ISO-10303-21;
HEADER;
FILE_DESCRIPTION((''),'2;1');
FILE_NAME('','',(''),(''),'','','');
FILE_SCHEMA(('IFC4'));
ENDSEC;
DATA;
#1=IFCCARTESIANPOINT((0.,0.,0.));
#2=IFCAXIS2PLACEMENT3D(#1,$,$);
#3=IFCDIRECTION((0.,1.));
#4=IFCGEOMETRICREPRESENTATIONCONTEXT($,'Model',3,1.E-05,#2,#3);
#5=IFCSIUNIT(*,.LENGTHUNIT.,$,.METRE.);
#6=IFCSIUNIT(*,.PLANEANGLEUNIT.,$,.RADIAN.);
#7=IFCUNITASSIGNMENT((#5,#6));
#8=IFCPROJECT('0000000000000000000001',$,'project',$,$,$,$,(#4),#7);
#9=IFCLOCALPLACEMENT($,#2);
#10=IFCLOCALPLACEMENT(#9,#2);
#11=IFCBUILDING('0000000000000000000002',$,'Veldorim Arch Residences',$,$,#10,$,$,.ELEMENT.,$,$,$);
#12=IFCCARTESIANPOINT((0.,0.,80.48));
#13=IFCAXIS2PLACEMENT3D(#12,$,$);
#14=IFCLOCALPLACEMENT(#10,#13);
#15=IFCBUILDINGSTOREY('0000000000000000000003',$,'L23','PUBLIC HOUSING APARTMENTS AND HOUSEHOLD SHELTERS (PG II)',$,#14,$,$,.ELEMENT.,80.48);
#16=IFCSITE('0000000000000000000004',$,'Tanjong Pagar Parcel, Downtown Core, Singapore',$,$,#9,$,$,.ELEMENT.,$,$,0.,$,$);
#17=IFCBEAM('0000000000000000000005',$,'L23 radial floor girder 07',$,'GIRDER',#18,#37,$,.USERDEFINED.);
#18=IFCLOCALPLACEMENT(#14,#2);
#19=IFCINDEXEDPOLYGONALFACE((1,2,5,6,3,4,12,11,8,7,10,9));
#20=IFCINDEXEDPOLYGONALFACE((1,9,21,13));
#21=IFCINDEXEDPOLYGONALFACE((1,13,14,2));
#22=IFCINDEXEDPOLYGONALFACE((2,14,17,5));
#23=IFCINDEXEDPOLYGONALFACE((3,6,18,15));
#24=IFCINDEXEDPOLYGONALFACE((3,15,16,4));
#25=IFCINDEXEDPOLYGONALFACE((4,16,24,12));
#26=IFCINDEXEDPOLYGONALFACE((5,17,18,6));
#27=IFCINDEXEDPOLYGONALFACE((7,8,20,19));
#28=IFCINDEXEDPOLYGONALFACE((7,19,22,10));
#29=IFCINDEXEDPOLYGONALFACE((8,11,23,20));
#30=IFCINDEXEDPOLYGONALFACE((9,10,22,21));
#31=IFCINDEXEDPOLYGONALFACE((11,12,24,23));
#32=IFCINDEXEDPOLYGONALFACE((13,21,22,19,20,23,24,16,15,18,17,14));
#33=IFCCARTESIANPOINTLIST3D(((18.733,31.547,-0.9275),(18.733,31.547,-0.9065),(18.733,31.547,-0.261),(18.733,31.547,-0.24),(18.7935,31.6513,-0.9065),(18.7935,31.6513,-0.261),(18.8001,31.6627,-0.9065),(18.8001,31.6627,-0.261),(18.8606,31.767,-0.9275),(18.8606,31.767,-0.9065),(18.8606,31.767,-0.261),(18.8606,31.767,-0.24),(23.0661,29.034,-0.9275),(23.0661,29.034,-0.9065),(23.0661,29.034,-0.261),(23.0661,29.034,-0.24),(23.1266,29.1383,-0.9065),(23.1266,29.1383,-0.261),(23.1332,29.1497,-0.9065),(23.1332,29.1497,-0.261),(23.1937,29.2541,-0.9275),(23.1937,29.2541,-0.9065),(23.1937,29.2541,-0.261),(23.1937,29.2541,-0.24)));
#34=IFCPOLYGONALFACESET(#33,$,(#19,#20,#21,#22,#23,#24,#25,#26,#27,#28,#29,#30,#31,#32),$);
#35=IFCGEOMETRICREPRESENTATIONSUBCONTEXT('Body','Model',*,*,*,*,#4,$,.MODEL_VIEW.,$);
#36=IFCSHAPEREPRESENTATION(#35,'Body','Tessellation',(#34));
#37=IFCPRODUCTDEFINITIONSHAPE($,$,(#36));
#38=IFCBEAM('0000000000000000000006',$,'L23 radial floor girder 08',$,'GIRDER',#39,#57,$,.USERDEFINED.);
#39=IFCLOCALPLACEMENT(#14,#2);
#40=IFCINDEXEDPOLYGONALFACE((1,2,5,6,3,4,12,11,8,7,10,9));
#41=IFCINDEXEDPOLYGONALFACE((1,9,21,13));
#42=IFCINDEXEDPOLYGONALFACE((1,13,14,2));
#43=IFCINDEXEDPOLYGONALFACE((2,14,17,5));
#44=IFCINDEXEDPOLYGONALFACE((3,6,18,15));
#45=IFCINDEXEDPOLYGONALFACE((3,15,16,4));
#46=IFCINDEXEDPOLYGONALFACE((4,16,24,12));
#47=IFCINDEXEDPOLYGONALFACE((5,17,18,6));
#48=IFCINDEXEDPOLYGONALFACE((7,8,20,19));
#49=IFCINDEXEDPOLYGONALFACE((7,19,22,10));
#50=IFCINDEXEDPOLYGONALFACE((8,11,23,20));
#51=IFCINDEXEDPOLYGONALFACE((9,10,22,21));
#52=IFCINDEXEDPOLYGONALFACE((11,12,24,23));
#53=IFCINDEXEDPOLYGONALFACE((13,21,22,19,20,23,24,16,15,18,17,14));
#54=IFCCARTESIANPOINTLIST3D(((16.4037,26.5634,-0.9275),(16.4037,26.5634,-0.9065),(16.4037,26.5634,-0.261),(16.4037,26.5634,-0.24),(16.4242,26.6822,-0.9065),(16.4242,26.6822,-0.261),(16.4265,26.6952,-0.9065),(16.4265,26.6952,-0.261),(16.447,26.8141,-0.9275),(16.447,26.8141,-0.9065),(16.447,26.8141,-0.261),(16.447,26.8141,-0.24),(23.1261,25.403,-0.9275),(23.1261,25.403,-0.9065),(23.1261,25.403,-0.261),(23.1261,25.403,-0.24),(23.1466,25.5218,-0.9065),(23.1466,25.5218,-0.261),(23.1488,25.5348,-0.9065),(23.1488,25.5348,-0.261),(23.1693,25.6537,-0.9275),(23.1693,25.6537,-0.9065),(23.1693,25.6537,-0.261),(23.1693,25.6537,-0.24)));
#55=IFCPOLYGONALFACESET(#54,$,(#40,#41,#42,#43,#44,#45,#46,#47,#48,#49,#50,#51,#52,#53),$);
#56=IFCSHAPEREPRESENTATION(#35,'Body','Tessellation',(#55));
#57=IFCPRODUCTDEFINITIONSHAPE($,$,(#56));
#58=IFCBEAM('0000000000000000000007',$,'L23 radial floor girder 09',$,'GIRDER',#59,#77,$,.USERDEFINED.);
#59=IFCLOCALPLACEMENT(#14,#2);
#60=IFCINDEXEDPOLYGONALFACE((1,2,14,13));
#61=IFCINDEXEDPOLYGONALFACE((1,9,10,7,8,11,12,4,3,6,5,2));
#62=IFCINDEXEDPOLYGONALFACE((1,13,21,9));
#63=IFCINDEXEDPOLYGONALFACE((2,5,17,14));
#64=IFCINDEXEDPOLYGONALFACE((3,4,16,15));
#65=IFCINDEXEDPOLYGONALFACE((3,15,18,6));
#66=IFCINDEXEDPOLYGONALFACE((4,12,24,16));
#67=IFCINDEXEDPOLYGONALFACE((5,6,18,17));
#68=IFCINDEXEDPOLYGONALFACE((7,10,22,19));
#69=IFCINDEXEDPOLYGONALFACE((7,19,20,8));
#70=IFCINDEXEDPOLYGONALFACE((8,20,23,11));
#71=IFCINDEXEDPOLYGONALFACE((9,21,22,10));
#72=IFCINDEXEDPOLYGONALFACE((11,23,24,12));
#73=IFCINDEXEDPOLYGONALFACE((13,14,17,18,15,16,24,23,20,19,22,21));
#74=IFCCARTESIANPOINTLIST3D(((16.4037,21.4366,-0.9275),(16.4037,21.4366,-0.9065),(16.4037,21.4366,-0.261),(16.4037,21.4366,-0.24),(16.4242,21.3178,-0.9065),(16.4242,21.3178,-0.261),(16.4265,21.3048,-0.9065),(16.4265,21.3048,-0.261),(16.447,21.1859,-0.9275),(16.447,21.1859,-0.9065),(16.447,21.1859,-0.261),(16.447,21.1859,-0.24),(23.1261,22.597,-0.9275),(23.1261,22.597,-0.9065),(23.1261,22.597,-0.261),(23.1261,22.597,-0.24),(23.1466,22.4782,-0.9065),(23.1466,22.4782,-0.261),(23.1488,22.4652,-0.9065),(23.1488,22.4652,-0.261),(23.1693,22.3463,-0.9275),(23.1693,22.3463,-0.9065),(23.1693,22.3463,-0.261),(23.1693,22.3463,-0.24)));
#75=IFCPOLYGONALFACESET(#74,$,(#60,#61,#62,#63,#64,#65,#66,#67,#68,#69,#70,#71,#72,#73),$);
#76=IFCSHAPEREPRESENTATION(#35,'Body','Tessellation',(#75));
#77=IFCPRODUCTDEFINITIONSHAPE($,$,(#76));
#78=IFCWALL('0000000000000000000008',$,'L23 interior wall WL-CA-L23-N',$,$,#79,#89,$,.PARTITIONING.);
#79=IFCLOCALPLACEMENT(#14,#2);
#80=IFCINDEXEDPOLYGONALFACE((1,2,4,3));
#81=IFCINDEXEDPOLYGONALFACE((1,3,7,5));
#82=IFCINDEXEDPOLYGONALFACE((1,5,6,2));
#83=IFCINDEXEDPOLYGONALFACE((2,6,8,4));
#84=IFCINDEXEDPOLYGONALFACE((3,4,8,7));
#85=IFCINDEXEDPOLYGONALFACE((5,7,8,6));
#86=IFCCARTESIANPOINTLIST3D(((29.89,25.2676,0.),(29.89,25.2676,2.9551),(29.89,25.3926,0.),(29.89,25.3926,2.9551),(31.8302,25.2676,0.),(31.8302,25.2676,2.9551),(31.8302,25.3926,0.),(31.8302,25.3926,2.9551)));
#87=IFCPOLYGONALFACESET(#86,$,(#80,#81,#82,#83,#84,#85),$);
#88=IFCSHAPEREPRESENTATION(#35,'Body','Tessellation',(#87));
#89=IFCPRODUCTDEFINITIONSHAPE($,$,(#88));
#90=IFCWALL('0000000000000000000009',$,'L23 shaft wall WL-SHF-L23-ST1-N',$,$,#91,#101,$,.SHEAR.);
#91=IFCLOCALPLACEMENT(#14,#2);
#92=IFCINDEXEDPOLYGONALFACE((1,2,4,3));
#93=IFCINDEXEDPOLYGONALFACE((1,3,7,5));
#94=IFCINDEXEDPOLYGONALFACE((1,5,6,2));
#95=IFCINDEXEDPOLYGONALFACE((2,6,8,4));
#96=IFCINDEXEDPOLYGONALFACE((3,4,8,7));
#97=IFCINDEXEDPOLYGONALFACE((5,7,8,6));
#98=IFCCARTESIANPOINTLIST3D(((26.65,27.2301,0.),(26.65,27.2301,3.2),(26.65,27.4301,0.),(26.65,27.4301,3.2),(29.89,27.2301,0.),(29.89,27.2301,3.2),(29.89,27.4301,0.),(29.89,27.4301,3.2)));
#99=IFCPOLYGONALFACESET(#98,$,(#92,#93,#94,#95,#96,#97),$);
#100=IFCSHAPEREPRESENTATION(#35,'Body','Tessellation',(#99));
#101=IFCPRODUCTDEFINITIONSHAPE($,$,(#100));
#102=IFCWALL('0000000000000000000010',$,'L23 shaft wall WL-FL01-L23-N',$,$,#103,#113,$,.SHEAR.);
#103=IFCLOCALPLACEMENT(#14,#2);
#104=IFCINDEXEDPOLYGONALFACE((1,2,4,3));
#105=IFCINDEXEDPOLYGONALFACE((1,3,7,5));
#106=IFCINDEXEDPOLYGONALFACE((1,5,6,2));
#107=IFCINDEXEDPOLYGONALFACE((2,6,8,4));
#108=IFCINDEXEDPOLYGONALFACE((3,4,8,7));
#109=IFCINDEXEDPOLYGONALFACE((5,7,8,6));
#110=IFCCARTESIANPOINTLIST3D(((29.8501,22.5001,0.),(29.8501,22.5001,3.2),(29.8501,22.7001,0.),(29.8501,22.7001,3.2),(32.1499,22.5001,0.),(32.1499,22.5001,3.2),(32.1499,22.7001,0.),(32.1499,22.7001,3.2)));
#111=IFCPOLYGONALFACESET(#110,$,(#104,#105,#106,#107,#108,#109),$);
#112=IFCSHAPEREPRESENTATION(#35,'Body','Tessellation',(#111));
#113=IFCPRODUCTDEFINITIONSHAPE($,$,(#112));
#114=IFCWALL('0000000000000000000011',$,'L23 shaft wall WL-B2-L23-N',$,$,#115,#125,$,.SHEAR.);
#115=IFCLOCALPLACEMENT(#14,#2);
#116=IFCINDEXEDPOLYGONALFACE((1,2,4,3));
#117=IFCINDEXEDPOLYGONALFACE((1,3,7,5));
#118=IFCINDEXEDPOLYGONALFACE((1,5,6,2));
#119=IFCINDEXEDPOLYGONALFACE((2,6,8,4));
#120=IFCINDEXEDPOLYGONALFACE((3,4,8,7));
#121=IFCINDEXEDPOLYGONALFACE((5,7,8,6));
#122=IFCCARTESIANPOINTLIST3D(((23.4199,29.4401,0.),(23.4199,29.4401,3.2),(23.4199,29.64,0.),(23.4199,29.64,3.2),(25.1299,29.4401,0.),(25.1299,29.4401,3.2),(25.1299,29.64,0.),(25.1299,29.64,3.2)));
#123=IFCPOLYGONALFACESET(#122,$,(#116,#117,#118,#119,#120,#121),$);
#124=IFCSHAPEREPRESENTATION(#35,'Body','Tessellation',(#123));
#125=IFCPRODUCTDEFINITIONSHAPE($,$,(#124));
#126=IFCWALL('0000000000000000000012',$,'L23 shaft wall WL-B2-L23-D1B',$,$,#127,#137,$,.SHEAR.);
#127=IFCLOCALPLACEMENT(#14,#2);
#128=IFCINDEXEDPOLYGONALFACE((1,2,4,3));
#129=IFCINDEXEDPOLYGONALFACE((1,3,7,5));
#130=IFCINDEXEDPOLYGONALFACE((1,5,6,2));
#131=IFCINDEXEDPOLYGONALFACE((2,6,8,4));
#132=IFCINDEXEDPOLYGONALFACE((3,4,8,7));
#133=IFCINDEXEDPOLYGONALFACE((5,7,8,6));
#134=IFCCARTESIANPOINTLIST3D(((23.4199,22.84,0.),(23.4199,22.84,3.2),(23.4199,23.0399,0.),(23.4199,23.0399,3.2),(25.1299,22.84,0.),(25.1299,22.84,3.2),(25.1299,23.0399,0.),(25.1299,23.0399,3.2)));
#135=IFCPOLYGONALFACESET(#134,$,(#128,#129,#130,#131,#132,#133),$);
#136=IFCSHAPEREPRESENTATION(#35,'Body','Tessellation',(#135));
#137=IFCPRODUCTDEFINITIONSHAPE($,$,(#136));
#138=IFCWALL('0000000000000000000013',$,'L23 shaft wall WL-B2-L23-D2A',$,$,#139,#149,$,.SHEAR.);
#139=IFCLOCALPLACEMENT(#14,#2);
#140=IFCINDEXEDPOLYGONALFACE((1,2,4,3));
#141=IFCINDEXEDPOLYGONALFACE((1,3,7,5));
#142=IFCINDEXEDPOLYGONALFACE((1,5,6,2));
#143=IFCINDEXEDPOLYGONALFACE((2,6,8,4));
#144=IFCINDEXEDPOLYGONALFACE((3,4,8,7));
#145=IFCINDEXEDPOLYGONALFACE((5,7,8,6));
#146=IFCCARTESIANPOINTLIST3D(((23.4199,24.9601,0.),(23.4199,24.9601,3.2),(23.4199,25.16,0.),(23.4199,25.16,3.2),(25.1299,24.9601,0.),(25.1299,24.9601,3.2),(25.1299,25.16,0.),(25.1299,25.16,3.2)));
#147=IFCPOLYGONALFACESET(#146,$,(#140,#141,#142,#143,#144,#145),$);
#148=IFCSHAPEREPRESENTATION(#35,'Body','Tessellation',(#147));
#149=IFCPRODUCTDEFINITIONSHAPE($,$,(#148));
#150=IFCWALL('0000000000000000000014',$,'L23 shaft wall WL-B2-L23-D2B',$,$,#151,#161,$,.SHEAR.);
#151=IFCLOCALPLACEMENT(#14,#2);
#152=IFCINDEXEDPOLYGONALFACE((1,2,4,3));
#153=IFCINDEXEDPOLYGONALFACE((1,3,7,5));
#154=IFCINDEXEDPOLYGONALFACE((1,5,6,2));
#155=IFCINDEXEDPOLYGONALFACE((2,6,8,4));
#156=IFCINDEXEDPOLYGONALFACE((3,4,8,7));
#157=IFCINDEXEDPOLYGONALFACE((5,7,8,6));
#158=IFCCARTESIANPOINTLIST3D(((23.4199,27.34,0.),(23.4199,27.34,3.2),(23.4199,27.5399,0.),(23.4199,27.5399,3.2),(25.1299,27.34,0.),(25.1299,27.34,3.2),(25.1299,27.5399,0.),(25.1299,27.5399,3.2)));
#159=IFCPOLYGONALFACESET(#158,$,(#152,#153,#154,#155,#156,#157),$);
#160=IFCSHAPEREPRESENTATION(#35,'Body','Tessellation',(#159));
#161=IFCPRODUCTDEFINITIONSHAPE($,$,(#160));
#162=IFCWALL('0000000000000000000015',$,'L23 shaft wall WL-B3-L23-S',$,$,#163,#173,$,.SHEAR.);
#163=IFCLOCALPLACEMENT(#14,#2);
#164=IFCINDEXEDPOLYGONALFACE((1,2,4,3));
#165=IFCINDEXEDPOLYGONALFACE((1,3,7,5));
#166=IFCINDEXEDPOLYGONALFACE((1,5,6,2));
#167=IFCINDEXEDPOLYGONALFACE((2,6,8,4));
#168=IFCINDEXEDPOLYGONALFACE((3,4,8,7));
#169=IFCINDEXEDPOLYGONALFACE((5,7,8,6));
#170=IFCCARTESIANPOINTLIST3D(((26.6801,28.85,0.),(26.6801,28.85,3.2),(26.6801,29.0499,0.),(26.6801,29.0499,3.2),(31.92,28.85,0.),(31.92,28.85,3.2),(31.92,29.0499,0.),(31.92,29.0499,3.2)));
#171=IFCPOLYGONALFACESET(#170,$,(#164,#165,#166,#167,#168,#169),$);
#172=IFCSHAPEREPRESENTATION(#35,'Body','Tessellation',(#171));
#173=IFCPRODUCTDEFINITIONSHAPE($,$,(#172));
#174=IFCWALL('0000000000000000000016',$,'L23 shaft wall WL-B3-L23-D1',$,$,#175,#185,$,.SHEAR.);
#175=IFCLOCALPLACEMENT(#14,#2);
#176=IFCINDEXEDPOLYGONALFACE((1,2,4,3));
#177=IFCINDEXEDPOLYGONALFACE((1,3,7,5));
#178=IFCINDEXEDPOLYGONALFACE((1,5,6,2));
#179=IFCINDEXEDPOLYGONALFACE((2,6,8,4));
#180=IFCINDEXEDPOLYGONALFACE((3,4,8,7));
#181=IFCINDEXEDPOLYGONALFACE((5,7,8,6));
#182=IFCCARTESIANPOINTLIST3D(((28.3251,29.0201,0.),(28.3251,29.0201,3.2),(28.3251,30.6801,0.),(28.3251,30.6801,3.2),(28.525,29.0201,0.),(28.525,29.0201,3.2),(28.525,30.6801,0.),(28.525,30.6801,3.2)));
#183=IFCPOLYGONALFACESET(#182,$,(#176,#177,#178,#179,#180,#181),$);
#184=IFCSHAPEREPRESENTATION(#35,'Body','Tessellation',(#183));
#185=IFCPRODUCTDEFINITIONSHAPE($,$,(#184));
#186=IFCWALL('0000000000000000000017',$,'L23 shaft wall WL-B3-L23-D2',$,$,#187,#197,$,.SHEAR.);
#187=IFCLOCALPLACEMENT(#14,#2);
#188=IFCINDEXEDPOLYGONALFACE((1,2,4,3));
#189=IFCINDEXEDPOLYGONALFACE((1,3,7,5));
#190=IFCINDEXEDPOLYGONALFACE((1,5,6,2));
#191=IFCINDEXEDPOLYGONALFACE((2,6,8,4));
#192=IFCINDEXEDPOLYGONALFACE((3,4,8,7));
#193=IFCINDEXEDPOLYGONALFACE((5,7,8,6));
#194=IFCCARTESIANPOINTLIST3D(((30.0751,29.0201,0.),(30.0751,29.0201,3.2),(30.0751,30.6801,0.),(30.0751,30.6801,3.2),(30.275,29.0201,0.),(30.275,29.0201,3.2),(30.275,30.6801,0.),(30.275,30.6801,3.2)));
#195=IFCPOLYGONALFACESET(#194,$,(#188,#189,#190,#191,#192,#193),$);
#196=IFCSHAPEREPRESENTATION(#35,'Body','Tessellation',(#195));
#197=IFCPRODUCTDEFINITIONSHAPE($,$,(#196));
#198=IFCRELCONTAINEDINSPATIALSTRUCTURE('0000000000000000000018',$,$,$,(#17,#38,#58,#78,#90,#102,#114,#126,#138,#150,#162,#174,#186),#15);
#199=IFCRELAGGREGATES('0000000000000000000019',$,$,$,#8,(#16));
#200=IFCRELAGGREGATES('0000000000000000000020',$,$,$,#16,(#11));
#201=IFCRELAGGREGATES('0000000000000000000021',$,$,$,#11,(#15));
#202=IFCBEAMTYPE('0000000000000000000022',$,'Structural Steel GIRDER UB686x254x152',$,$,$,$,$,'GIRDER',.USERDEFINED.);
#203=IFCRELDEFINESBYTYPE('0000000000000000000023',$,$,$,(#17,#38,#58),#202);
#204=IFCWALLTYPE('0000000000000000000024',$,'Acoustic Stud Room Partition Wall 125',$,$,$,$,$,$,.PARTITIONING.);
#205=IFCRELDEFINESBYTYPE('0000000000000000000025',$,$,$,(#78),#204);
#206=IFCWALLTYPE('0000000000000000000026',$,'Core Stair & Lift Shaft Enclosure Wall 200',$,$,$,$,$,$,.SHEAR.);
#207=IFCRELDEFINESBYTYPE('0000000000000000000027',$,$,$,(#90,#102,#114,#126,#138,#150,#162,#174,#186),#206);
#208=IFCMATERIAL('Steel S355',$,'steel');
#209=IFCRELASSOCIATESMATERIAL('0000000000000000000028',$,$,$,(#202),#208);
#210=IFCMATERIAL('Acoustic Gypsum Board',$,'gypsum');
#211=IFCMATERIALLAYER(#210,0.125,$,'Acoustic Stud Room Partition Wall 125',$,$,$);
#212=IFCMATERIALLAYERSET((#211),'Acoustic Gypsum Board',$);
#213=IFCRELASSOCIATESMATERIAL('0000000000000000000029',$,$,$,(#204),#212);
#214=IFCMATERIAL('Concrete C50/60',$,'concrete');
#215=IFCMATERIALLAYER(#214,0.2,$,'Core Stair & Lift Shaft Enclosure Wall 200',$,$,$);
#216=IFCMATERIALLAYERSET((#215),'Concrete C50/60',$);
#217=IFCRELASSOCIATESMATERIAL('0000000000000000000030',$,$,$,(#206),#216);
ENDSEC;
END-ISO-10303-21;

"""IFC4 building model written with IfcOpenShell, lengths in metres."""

from ifc_helpers import new_model, si_unit, direction, frame, frame_2d, origin, origin_2d, place, context, subcontext, project, spatial, rectangle, i_section, extrude, material, layer, layer_set, material_profile, profile_set, type_object, element, save


model = new_model("IFC4")

# Units and contexts
model_context = context("Model", 3, precision=1e-05, world=origin(), true_north=direction((0.0, 1.0)))
body_context = subcontext(model_context, "Body", "Model", "MODEL_VIEW")
ifc_project = project(units=[si_unit("LENGTHUNIT", "METRE"), si_unit("PLANEANGLEUNIT", "RADIAN")], contexts=[model_context])

# Site, building, storey
site_placement = place(None, origin())
site = spatial("IfcSite", under=ifc_project, at=site_placement, Name="Tanjong Pagar Parcel, Downtown Core, Singapore", CompositionType="ELEMENT", RefElevation=0.0)
building_placement = place(site_placement, origin())
building = spatial("IfcBuilding", under=site, at=building_placement, Name="Veldorim Arch Residences", CompositionType="ELEMENT")
storey_placement = place(building_placement, frame((0.0, 0.0, 80.48)))
storey = spatial("IfcBuildingStorey", under=building, at=storey_placement, Name="L23", Description="PUBLIC HOUSING APARTMENTS AND HOUSEHOLD SHELTERS (PG II)", CompositionType="ELEMENT", Elevation=80.48)

# Beams
ifc_material_1 = material(Name="Steel S355", Category="steel")
ifc_material_profile = material_profile(ifc_material_1, i_section(OverallWidth=0.2544, OverallDepth=0.6875, WebThickness=0.0132, FlangeThickness=0.021, at=origin_2d()), Name="UB686x254x152")
ifc_profile_set = profile_set([ifc_material_profile], Name="Steel S355")
beam_type = type_object("IfcBeamType", Name="Structural Steel GIRDER UB686x254x152", ElementType="GIRDER", PredefinedType="USERDEFINED", material=ifc_profile_set)
beam_placement = place(storey_placement, frame((23.1299, 29.144, -0.5837), z_axis=(-0.865049, 0.501687, 0.0), x_axis=(-0.501687, -0.865049, 0.0)))
element("IfcBeam", 1, at=beam_placement, inside=storey, type_object=beam_type, Name="L23 radial floor girder 07", ObjectType="GIRDER", PredefinedType="USERDEFINED", context=body_context, shape_type="SweptSolid", body=[
    extrude(i_section(OverallWidth=0.2544, OverallDepth=0.6875, WebThickness=0.0132, FlangeThickness=0.021, at=origin_2d()), origin(), (0.0, 0.0, 1.0), 5.009),
])
for number, where, z_axis, x_axis, name in (
    (2, (23.1477, 25.5283, -0.5837), (-0.985427, 0.170101, 0.0), (-0.170101, -0.985427, 0.0), "L23 radial floor girder 08"),
    (3, (23.1477, 22.4717, -0.5837), (-0.985427, -0.170101, 0.0), (0.170101, -0.985427, 0.0), "L23 radial floor girder 09"),
):
    element("IfcBeam", number, at=place(storey_placement, frame(where, z_axis=z_axis, x_axis=x_axis)), inside=storey, type_object=beam_type, Name=name, ObjectType="GIRDER", PredefinedType="USERDEFINED", context=body_context, shape_type="SweptSolid", body=[
        extrude(i_section(OverallWidth=0.2544, OverallDepth=0.6875, WebThickness=0.0132, FlangeThickness=0.021, at=origin_2d()), origin(), (0.0, 0.0, 1.0), 6.8218),
    ])

# Walls
ifc_material_2 = material(Name="Acoustic Gypsum Board", Category="gypsum")
ifc_layer_1 = layer(ifc_material_2, 0.125, Name="Acoustic Stud Room Partition Wall 125")
ifc_layer_set_1 = layer_set([ifc_layer_1], Name="Acoustic Gypsum Board")
wall_type_1 = type_object("IfcWallType", Name="Acoustic Stud Room Partition Wall 125", PredefinedType="PARTITIONING", material=ifc_layer_set_1)
wall_1_placement = place(storey_placement, frame((29.8899, 25.3301, 0.0), z_axis=(0.0, 0.0, 1.0), x_axis=(1.0, 0.0, 0.0)))
element("IfcWall", 4, at=wall_1_placement, inside=storey, type_object=wall_type_1, Name="L23 interior wall WL-CA-L23-N", PredefinedType="PARTITIONING", context=body_context, shape_type="SweptSolid", body=[
    extrude(rectangle(XDim=1.9402, YDim=0.125, at=frame_2d((0.9702, 0.0))), origin(), (0.0, 0.0, 1.0), 2.9551),
])
ifc_material_3 = material(Name="Concrete C50/60", Category="concrete")
ifc_layer_2 = layer(ifc_material_3, 0.2, Name="Core Stair & Lift Shaft Enclosure Wall 200")
ifc_layer_set_2 = layer_set([ifc_layer_2], Name="Concrete C50/60")
wall_type_2 = type_object("IfcWallType", Name="Core Stair & Lift Shaft Enclosure Wall 200", PredefinedType="SHEAR", material=ifc_layer_set_2)
wall_2_placement = place(storey_placement, frame((26.6499, 27.3301, 0.0), z_axis=(0.0, 0.0, 1.0), x_axis=(1.0, 0.0, 0.0)))
element("IfcWall", 5, at=wall_2_placement, inside=storey, type_object=wall_type_2, Name="L23 shaft wall WL-SHF-L23-ST1-N", PredefinedType="SHEAR", context=body_context, shape_type="SweptSolid", body=[
    extrude(rectangle(XDim=3.24, YDim=0.2, at=frame_2d((1.6201, 0.0))), origin(), (0.0, 0.0, 1.0), 3.2),
])
wall_3_placement = place(storey_placement, frame((29.8501, 22.6001, 0.0), z_axis=(0.0, 0.0, 1.0), x_axis=(1.0, 0.0, 0.0)))
element("IfcWall", 6, at=wall_3_placement, inside=storey, type_object=wall_type_2, Name="L23 shaft wall WL-FL01-L23-N", PredefinedType="SHEAR", context=body_context, shape_type="SweptSolid", body=[
    extrude(rectangle(XDim=2.2998, YDim=0.2, at=frame_2d((1.1499, 0.0))), origin(), (0.0, 0.0, 1.0), 3.2),
])
for number, where, z_axis, x_axis, name in (
    (7, (23.4199, 29.54, 0.0), (0.0, 0.0, 1.0), (1.0, 0.0, 0.0), "L23 shaft wall WL-B2-L23-N"),
    (8, (23.4199, 22.9399, 0.0), (0.0, 0.0, 1.0), (1.0, 0.0, 0.0), "L23 shaft wall WL-B2-L23-D1B"),
    (9, (23.4199, 25.0601, 0.0), (0.0, 0.0, 1.0), (1.0, 0.0, 0.0), "L23 shaft wall WL-B2-L23-D2A"),
    (10, (23.4199, 27.4399, 0.0), (0.0, 0.0, 1.0), (1.0, 0.0, 0.0), "L23 shaft wall WL-B2-L23-D2B"),
):
    element("IfcWall", number, at=place(storey_placement, frame(where, z_axis=z_axis, x_axis=x_axis)), inside=storey, type_object=wall_type_2, Name=name, PredefinedType="SHEAR", context=body_context, shape_type="SweptSolid", body=[
        extrude(rectangle(XDim=1.71, YDim=0.2, at=frame_2d((0.855, 0.0))), origin(), (0.0, 0.0, 1.0), 3.2),
    ])
wall_4_placement = place(storey_placement, frame((26.6799, 28.95, 0.0), z_axis=(0.0, 0.0, 1.0), x_axis=(1.0, 0.0, 0.0)))
element("IfcWall", 11, at=wall_4_placement, inside=storey, type_object=wall_type_2, Name="L23 shaft wall WL-B3-L23-S", PredefinedType="SHEAR", context=body_context, shape_type="SweptSolid", body=[
    extrude(rectangle(XDim=5.24, YDim=0.2, at=frame_2d((2.6201, 0.0))), origin(), (0.0, 0.0, 1.0), 3.2),
])
for number, where, z_axis, x_axis, name in (
    (12, (28.425, 29.02, 0.0), (0.0, 0.0, 1.0), (0.0, 1.0, 0.0), "L23 shaft wall WL-B3-L23-D1"),
    (13, (30.175, 29.02, 0.0), (0.0, 0.0, 1.0), (0.0, 1.0, 0.0), "L23 shaft wall WL-B3-L23-D2"),
):
    element("IfcWall", number, at=place(storey_placement, frame(where, z_axis=z_axis, x_axis=x_axis)), inside=storey, type_object=wall_type_2, Name=name, PredefinedType="SHEAR", context=body_context, shape_type="SweptSolid", body=[
        extrude(rectangle(XDim=1.6599, YDim=0.2, at=frame_2d((0.8301, 0.0))), origin(), (0.0, 0.0, 1.0), 3.2),
    ])

save(model, "model.ifc")
